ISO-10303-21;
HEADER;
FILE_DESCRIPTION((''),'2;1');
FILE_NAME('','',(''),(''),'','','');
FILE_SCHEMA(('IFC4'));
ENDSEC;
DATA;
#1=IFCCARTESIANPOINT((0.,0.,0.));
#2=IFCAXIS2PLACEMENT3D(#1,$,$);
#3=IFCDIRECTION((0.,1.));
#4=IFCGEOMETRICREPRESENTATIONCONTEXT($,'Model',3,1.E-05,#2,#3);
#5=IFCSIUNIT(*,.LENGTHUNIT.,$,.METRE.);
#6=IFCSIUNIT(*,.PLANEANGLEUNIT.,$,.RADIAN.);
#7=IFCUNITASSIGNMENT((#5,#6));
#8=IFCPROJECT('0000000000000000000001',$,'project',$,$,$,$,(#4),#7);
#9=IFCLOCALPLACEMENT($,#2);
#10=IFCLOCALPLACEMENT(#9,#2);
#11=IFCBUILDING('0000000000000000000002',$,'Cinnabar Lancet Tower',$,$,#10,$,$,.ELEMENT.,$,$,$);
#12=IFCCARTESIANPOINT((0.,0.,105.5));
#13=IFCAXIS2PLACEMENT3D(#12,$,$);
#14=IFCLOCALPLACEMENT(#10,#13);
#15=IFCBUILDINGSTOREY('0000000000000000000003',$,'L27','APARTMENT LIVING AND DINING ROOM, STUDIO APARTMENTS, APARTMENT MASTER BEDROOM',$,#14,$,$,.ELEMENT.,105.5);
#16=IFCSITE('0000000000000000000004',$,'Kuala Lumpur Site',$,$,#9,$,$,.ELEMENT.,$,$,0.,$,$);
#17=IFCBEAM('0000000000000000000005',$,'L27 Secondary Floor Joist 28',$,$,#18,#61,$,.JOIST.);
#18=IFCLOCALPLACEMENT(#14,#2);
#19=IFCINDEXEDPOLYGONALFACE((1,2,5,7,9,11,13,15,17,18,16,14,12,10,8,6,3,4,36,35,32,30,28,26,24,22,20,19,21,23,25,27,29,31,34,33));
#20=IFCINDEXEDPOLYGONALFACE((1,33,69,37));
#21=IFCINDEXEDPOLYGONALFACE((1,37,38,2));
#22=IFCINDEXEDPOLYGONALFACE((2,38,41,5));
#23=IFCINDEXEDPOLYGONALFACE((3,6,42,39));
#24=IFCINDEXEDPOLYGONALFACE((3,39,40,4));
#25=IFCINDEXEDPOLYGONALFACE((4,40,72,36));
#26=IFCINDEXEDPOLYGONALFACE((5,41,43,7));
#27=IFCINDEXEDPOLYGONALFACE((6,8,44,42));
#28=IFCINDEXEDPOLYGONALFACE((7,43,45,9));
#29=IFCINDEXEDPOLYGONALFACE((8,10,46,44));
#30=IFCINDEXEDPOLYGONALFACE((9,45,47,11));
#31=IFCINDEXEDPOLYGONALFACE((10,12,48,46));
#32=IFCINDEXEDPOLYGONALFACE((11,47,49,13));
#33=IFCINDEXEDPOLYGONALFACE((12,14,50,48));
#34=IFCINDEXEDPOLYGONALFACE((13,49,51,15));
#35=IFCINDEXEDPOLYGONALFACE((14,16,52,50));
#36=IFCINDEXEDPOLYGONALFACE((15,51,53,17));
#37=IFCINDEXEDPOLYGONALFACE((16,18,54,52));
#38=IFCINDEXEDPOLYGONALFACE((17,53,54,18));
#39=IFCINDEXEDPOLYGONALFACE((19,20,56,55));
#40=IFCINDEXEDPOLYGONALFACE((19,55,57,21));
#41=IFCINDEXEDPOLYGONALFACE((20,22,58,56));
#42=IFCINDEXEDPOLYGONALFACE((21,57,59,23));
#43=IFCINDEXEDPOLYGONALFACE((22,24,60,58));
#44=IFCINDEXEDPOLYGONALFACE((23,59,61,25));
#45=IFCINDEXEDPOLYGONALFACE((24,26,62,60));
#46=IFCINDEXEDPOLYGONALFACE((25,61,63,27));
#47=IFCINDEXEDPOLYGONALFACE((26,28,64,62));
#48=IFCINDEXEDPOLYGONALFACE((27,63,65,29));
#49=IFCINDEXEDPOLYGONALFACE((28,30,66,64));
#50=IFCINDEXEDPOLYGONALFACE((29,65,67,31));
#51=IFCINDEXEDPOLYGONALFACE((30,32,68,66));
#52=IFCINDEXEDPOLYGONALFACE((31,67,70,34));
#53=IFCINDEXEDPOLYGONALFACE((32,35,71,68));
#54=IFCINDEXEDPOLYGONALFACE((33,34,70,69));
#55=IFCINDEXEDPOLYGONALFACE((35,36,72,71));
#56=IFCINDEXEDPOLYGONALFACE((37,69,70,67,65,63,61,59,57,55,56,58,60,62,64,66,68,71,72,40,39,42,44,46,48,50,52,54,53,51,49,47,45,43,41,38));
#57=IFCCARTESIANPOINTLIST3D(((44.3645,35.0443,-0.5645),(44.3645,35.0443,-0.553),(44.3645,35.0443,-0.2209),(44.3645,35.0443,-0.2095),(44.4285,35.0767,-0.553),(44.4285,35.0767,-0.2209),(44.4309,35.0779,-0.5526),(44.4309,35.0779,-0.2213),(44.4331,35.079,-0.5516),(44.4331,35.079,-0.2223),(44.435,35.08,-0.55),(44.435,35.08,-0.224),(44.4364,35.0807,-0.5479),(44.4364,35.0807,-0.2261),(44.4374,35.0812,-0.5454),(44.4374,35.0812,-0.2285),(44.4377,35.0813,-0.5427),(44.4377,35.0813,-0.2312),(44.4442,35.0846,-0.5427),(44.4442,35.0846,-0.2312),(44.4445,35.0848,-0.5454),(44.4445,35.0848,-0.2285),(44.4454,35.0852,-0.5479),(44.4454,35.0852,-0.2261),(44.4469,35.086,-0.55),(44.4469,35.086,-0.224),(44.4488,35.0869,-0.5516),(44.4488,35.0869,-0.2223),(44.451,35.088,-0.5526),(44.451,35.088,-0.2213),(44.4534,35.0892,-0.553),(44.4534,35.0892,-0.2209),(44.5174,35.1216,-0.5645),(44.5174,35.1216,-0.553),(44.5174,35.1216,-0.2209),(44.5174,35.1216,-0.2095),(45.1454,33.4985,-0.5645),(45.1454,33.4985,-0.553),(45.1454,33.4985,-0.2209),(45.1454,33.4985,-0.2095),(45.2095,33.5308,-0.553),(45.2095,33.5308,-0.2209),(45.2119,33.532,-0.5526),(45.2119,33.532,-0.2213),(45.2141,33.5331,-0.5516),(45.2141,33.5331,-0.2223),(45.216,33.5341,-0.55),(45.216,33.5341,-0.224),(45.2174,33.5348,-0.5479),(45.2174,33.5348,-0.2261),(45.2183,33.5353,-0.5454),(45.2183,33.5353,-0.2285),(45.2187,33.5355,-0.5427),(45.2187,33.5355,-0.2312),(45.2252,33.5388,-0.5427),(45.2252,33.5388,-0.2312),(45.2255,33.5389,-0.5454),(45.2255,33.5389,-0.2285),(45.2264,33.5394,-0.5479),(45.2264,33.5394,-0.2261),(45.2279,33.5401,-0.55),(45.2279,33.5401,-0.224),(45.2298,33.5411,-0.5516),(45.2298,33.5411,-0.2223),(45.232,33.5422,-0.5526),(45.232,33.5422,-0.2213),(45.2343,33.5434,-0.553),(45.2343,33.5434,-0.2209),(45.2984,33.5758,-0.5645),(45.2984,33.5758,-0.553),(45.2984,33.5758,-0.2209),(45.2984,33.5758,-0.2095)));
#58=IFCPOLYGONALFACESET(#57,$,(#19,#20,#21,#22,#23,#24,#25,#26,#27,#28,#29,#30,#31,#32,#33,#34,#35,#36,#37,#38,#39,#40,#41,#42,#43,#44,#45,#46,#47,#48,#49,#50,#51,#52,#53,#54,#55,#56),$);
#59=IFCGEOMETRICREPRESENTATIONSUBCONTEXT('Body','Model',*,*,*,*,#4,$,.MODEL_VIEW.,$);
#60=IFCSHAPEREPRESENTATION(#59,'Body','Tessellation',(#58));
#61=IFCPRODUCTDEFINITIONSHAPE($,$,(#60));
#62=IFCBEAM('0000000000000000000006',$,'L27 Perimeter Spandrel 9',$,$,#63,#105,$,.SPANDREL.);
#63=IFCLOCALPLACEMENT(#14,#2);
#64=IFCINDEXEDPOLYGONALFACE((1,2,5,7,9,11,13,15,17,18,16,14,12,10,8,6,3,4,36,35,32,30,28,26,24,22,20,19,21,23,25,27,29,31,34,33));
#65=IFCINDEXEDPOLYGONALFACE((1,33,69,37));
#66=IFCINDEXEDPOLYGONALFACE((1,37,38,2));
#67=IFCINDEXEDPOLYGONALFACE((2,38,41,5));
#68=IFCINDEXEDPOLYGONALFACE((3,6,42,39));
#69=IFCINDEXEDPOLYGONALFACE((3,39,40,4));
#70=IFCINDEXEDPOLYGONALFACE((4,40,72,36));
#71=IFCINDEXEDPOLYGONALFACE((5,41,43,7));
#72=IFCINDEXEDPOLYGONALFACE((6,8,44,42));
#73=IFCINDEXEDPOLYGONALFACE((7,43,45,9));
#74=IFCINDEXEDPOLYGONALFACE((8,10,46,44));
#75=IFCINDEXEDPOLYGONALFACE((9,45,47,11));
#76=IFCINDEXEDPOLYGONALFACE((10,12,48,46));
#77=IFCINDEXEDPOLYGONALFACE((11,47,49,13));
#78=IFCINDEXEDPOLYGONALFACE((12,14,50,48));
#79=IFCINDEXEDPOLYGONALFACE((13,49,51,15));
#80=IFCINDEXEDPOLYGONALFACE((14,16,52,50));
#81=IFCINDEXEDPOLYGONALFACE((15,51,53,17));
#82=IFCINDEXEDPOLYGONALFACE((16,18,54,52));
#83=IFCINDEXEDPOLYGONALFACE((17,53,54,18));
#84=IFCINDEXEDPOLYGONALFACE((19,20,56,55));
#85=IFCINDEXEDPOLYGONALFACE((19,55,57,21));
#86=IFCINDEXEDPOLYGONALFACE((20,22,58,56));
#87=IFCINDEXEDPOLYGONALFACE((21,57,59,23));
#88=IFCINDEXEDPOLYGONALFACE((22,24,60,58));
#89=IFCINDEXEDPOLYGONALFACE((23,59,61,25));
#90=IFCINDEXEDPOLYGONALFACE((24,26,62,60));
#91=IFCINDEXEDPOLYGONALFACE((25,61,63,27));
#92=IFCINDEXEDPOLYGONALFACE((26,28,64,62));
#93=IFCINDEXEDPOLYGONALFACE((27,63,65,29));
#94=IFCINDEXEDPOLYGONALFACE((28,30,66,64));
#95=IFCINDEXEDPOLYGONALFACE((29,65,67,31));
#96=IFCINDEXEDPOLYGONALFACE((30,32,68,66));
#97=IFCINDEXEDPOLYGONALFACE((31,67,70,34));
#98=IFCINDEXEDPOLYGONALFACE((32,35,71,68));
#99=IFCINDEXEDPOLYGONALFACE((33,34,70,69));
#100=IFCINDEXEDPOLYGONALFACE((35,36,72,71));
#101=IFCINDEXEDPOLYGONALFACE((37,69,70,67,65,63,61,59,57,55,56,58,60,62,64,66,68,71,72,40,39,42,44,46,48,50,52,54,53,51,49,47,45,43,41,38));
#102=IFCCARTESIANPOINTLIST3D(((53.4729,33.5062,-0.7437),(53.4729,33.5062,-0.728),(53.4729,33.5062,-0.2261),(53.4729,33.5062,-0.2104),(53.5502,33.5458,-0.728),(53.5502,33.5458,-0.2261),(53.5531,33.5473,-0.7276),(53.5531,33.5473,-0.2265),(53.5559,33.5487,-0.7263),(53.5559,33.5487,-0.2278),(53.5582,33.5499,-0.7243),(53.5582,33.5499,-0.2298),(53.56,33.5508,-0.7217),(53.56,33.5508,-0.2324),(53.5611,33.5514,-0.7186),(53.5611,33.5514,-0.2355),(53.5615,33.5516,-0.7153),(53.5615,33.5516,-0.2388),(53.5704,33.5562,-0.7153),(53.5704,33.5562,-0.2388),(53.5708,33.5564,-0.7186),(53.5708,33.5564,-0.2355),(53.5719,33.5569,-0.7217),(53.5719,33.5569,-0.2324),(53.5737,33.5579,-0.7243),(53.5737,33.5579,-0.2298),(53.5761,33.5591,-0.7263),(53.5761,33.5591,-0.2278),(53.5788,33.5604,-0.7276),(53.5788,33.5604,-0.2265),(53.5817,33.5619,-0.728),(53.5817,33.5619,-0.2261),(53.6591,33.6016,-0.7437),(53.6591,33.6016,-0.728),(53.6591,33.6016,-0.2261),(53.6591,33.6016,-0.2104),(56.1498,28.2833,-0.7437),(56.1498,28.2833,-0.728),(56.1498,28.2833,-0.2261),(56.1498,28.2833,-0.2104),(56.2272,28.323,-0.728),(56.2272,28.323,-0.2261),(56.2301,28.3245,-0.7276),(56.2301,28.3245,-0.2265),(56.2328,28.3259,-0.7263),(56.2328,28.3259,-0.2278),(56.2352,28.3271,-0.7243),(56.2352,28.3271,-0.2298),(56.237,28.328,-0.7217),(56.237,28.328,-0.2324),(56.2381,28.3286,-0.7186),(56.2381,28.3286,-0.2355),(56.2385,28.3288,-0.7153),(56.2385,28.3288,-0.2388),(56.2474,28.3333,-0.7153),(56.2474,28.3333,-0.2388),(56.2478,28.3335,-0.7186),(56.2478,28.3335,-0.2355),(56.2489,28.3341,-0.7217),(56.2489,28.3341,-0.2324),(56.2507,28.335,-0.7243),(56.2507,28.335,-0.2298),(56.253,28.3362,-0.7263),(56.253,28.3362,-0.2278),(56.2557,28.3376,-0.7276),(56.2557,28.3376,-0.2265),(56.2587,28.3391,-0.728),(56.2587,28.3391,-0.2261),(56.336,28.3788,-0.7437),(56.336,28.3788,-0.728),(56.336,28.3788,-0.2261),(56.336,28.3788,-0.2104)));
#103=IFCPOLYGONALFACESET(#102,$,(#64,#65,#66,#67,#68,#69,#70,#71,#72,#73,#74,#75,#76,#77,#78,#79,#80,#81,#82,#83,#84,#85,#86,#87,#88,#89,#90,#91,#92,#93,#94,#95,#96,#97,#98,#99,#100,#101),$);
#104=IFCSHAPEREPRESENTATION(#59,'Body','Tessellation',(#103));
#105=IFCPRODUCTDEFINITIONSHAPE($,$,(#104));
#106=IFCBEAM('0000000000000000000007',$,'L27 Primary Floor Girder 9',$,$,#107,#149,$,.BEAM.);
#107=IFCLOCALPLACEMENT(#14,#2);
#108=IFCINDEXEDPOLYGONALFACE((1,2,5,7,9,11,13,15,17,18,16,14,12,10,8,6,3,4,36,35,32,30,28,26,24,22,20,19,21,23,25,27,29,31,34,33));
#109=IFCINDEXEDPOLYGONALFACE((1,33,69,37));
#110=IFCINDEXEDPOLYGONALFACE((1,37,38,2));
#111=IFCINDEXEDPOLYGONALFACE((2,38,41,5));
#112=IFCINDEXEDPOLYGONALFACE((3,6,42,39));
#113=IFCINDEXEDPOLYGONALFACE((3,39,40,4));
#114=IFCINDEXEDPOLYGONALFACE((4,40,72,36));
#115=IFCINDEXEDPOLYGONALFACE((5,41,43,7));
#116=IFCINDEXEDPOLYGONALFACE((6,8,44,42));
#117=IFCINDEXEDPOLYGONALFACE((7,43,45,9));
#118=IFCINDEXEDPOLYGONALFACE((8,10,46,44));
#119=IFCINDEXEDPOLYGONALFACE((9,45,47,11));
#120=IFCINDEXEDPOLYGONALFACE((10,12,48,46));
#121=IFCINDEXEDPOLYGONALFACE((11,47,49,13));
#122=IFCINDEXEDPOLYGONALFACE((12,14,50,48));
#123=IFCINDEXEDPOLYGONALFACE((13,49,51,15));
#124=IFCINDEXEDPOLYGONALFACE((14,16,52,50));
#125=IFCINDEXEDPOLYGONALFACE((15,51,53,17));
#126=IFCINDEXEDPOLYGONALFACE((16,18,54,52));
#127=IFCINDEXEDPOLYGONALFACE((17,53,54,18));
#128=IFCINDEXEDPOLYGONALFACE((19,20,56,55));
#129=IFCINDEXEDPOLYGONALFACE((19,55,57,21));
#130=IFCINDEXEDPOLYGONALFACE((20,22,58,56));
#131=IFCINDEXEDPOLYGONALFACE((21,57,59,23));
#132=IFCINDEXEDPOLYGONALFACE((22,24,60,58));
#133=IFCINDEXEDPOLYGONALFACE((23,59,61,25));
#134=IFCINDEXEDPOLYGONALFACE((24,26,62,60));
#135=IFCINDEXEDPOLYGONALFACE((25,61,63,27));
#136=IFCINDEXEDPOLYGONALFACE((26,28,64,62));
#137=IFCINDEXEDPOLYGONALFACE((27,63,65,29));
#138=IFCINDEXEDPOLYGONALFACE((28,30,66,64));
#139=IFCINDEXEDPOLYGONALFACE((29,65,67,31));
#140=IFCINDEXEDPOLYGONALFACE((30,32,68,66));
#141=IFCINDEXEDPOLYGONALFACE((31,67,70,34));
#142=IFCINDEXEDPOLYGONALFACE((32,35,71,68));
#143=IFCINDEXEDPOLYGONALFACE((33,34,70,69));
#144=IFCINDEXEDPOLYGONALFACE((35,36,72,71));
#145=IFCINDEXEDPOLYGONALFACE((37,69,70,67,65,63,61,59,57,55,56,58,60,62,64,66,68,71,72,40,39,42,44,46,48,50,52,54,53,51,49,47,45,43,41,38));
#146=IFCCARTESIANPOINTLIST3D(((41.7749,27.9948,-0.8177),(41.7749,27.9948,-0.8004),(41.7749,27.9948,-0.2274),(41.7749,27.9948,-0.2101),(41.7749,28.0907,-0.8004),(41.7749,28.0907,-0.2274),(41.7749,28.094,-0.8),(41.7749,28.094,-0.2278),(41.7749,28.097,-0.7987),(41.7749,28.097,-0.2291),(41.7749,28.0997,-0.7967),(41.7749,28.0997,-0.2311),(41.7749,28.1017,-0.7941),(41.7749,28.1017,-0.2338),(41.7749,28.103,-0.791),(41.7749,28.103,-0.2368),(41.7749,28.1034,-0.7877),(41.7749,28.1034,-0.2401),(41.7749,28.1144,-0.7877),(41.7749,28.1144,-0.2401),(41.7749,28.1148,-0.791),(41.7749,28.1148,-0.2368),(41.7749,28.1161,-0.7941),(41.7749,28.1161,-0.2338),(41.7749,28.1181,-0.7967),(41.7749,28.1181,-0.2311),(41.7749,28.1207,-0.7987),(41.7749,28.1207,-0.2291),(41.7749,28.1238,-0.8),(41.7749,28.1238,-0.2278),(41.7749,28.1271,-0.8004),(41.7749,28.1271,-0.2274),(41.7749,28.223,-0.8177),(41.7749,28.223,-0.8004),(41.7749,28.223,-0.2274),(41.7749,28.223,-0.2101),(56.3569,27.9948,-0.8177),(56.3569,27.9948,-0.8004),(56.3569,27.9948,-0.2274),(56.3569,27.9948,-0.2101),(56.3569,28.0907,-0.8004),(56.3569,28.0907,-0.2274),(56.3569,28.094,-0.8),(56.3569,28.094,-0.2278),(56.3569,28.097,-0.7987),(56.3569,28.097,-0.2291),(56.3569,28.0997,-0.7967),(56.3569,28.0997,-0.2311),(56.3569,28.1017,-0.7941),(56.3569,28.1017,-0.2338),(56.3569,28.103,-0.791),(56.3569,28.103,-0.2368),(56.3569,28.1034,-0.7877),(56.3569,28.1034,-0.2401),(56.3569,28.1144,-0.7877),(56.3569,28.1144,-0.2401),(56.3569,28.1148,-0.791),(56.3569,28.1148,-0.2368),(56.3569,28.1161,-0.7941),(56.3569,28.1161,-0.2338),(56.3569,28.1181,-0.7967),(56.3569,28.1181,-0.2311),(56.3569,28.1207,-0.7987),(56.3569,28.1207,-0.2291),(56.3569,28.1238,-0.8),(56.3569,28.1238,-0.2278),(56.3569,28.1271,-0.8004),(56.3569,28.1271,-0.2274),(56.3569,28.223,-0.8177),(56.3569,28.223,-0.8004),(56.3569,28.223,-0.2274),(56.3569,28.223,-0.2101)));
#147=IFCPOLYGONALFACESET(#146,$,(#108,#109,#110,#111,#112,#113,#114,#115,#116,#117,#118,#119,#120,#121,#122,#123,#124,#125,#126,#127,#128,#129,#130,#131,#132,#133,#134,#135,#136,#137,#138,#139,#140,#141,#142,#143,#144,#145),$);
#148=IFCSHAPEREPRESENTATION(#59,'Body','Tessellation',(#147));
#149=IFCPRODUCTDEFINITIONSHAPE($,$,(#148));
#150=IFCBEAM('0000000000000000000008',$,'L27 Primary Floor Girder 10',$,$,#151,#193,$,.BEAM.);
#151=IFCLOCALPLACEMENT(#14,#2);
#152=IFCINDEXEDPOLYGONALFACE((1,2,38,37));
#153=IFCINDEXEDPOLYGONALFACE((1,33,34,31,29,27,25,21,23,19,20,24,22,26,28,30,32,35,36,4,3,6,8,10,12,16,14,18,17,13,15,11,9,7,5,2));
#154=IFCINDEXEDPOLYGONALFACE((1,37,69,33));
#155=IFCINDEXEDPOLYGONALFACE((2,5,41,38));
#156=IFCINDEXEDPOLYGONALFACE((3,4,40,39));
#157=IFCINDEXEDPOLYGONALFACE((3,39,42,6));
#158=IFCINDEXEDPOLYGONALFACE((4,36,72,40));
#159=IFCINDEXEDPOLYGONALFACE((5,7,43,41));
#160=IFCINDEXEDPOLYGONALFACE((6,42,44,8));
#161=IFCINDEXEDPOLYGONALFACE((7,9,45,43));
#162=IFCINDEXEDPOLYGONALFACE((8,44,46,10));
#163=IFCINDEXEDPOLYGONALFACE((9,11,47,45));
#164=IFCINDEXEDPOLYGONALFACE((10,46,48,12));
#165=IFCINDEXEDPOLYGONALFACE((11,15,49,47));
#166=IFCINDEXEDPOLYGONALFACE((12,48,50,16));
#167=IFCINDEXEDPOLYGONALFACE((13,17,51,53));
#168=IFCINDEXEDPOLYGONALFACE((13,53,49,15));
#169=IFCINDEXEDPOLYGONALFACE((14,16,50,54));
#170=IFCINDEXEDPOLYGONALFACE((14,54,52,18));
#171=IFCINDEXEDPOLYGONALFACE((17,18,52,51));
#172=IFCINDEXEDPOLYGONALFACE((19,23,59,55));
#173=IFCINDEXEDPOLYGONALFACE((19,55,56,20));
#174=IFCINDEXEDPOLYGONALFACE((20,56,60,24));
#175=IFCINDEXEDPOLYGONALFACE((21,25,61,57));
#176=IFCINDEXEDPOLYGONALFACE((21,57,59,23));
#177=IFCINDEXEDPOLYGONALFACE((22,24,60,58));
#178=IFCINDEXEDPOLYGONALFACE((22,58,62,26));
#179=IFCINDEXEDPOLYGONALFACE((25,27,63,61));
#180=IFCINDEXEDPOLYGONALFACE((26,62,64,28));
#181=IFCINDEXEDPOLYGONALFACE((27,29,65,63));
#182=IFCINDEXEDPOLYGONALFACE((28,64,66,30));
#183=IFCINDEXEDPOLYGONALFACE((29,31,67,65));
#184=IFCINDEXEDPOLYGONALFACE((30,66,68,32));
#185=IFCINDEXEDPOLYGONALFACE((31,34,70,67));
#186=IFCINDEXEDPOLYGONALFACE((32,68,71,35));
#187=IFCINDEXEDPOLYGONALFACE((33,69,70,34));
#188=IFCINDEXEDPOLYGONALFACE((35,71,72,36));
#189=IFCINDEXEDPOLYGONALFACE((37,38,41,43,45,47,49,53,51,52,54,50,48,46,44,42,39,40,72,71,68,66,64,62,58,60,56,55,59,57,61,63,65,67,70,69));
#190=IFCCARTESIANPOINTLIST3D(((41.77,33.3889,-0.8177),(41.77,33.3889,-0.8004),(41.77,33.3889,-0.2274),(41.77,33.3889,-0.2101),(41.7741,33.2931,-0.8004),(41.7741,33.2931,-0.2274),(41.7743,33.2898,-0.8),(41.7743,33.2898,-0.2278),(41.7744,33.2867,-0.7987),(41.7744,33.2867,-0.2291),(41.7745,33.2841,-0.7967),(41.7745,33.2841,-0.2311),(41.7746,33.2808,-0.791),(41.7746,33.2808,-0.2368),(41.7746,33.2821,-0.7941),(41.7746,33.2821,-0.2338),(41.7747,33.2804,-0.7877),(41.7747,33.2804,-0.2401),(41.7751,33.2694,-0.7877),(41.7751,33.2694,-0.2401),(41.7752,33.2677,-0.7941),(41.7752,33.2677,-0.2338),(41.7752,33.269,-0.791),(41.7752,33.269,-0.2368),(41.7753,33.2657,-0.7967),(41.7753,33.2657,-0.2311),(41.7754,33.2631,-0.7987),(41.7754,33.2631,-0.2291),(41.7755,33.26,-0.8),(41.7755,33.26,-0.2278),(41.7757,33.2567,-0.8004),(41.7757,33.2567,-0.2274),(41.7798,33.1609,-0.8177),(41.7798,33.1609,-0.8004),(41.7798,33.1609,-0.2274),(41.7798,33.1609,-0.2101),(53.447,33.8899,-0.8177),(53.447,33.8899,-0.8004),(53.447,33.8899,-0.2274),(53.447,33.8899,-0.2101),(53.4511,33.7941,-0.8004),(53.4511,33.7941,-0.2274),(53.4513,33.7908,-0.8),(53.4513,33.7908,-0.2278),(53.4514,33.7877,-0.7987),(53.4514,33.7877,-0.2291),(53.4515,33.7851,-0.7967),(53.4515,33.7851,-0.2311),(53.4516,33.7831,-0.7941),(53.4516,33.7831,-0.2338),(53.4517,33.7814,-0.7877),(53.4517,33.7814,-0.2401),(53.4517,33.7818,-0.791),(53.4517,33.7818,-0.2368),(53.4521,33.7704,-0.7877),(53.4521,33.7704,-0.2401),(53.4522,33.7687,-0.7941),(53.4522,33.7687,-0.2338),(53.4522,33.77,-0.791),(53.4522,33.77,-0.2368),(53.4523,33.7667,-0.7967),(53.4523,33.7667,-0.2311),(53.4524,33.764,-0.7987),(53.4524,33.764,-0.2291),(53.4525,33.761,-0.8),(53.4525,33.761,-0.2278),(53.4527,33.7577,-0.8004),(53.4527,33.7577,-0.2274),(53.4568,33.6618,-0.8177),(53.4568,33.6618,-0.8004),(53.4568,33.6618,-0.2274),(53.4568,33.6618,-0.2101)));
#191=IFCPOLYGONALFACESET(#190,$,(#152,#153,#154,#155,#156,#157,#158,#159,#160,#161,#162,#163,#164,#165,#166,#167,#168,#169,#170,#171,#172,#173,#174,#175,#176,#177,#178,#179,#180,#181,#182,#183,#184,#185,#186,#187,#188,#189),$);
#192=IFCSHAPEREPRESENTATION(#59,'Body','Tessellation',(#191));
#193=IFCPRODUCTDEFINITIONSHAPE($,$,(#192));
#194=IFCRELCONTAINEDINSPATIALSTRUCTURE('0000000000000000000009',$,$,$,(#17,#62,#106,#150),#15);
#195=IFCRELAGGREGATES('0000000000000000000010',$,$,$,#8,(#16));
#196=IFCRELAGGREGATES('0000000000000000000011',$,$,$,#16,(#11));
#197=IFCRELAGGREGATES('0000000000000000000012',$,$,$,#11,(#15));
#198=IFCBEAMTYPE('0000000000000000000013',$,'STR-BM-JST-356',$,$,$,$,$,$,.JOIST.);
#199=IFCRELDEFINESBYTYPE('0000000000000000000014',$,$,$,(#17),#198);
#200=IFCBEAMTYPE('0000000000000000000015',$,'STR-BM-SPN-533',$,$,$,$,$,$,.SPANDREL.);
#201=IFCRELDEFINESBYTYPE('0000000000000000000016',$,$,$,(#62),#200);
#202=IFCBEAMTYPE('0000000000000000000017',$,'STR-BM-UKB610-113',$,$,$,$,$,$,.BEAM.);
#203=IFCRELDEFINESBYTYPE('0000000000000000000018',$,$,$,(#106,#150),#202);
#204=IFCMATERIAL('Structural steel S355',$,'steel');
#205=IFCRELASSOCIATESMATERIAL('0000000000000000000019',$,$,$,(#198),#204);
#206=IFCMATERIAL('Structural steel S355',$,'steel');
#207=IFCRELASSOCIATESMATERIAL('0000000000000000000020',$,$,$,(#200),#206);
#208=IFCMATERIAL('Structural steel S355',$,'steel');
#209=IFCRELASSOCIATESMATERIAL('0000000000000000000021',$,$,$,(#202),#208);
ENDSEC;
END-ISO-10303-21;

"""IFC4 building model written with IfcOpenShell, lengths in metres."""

from ifc_helpers import new_model, si_unit, direction, frame, origin, origin_2d, place, context, subcontext, project, spatial, i_section, extrude, material, material_profile, profile_set, type_object, element, save


model = new_model("IFC4")

# Units and contexts
model_context = context("Model", 3, precision=1e-05, world=origin(), true_north=direction((0.0, 1.0)))
body_context = subcontext(model_context, "Body", "Model", "MODEL_VIEW")
ifc_project = project(units=[si_unit("LENGTHUNIT", "METRE"), si_unit("PLANEANGLEUNIT", "RADIAN")], contexts=[model_context])

# Site, building, storey
site_placement = place(None, origin())
site = spatial("IfcSite", under=ifc_project, at=site_placement, Name="Kuala Lumpur Site", CompositionType="ELEMENT", RefElevation=0.0)
building_placement = place(site_placement, origin())
building = spatial("IfcBuilding", under=site, at=building_placement, Name="Cinnabar Lancet Tower", CompositionType="ELEMENT")
storey_placement = place(building_placement, frame((0.0, 0.0, 105.5)))
storey = spatial("IfcBuildingStorey", under=building, at=storey_placement, Name="L27", Description="APARTMENT LIVING AND DINING ROOM, STUDIO APARTMENTS, APARTMENT MASTER BEDROOM", CompositionType="ELEMENT", Elevation=105.5)

# Beams
ifc_material_1 = material(Name="Structural steel S355", Category="steel")
ifc_material_profile_1 = material_profile(ifc_material_1, i_section(OverallWidth=0.1714, OverallDepth=0.355, WebThickness=0.0073, FlangeThickness=0.0115, FilletRadius=0.0103, at=origin_2d()), Name="UKB 356x171x51")
ifc_profile_set_1 = profile_set([ifc_material_profile_1], Name="Structural steel S355")
beam_type_1 = type_object("IfcBeamType", Name="STR-BM-JST-356", PredefinedType="JOIST", material=ifc_profile_set_1)
beam_1_placement = place(storey_placement, frame((45.2219, 33.5371, -0.387), z_axis=(-0.450931, 0.892559, 0.0), x_axis=(-0.892559, -0.450931, 0.0)))
element("IfcBeam", 1, at=beam_1_placement, inside=storey, type_object=beam_type_1, Name="L27 Secondary Floor Joist 28", PredefinedType="JOIST", context=body_context, shape_type="SweptSolid", body=[
    extrude(i_section(OverallWidth=0.1714, OverallDepth=0.355, WebThickness=0.0073, FlangeThickness=0.0115, FilletRadius=0.0103, at=origin_2d()), origin(), (0.0, 0.0, 1.0), 1.7319),
])
ifc_material_2 = material(Name="Structural steel S355", Category="steel")
ifc_material_profile_2 = material_profile(ifc_material_2, i_section(OverallWidth=0.2092, OverallDepth=0.5332, WebThickness=0.01, FlangeThickness=0.0156, FilletRadius=0.0127, at=origin_2d()), Name="UKB 533x210x92")
ifc_profile_set_2 = profile_set([ifc_material_profile_2], Name="Structural steel S355")
beam_type_2 = type_object("IfcBeamType", Name="STR-BM-SPN-533", PredefinedType="SPANDREL", material=ifc_profile_set_2)
beam_2_placement = place(storey_placement, frame((56.2429, 28.3311, -0.4771), z_axis=(-0.456127, 0.889915, 0.0), x_axis=(-0.889915, -0.456127, 0.0)))
element("IfcBeam", 2, at=beam_2_placement, inside=storey, type_object=beam_type_2, Name="L27 Perimeter Spandrel 9", PredefinedType="SPANDREL", context=body_context, shape_type="SweptSolid", body=[
    extrude(i_section(OverallWidth=0.2092, OverallDepth=0.5332, WebThickness=0.01, FlangeThickness=0.0156, FilletRadius=0.0127, at=origin_2d()), origin(), (0.0, 0.0, 1.0), 5.8689),
])
ifc_material_3 = material(Name="Structural steel S355", Category="steel")
ifc_material_profile_3 = material_profile(ifc_material_3, i_section(OverallWidth=0.2283, OverallDepth=0.6077, WebThickness=0.011, FlangeThickness=0.0173, FilletRadius=0.0127, at=origin_2d()), Name="UKB 610x229x113")
ifc_profile_set_3 = profile_set([ifc_material_profile_3], Name="Structural steel S355")
beam_type_3 = type_object("IfcBeamType", Name="STR-BM-UKB610-113", PredefinedType="BEAM", material=ifc_profile_set_3)
beam_3_placement = place(storey_placement, frame((56.3569, 28.1089, -0.5139), z_axis=(-1.0, 0.0, 0.0), x_axis=(0.0, -1.0, 0.0)))
element("IfcBeam", 3, at=beam_3_placement, inside=storey, type_object=beam_type_3, Name="L27 Primary Floor Girder 9", PredefinedType="BEAM", context=body_context, shape_type="SweptSolid", body=[
    extrude(i_section(OverallWidth=0.2283, OverallDepth=0.6077, WebThickness=0.011, FlangeThickness=0.0173, FilletRadius=0.0127, at=origin_2d()), origin(), (0.0, 0.0, 1.0), 14.582),
])
beam_4_placement = place(storey_placement, frame((53.4519, 33.7759, -0.5139), z_axis=(-0.999081, -0.042863, 0.0), x_axis=(0.042863, -0.999081, 0.0)))
element("IfcBeam", 4, at=beam_4_placement, inside=storey, type_object=beam_type_3, Name="L27 Primary Floor Girder 10", PredefinedType="BEAM", context=body_context, shape_type="SweptSolid", body=[
    extrude(i_section(OverallWidth=0.2283, OverallDepth=0.6077, WebThickness=0.011, FlangeThickness=0.0173, FilletRadius=0.0127, at=origin_2d()), origin(), (0.0, 0.0, 1.0), 11.6877),
])

save(model, "model.ifc")
